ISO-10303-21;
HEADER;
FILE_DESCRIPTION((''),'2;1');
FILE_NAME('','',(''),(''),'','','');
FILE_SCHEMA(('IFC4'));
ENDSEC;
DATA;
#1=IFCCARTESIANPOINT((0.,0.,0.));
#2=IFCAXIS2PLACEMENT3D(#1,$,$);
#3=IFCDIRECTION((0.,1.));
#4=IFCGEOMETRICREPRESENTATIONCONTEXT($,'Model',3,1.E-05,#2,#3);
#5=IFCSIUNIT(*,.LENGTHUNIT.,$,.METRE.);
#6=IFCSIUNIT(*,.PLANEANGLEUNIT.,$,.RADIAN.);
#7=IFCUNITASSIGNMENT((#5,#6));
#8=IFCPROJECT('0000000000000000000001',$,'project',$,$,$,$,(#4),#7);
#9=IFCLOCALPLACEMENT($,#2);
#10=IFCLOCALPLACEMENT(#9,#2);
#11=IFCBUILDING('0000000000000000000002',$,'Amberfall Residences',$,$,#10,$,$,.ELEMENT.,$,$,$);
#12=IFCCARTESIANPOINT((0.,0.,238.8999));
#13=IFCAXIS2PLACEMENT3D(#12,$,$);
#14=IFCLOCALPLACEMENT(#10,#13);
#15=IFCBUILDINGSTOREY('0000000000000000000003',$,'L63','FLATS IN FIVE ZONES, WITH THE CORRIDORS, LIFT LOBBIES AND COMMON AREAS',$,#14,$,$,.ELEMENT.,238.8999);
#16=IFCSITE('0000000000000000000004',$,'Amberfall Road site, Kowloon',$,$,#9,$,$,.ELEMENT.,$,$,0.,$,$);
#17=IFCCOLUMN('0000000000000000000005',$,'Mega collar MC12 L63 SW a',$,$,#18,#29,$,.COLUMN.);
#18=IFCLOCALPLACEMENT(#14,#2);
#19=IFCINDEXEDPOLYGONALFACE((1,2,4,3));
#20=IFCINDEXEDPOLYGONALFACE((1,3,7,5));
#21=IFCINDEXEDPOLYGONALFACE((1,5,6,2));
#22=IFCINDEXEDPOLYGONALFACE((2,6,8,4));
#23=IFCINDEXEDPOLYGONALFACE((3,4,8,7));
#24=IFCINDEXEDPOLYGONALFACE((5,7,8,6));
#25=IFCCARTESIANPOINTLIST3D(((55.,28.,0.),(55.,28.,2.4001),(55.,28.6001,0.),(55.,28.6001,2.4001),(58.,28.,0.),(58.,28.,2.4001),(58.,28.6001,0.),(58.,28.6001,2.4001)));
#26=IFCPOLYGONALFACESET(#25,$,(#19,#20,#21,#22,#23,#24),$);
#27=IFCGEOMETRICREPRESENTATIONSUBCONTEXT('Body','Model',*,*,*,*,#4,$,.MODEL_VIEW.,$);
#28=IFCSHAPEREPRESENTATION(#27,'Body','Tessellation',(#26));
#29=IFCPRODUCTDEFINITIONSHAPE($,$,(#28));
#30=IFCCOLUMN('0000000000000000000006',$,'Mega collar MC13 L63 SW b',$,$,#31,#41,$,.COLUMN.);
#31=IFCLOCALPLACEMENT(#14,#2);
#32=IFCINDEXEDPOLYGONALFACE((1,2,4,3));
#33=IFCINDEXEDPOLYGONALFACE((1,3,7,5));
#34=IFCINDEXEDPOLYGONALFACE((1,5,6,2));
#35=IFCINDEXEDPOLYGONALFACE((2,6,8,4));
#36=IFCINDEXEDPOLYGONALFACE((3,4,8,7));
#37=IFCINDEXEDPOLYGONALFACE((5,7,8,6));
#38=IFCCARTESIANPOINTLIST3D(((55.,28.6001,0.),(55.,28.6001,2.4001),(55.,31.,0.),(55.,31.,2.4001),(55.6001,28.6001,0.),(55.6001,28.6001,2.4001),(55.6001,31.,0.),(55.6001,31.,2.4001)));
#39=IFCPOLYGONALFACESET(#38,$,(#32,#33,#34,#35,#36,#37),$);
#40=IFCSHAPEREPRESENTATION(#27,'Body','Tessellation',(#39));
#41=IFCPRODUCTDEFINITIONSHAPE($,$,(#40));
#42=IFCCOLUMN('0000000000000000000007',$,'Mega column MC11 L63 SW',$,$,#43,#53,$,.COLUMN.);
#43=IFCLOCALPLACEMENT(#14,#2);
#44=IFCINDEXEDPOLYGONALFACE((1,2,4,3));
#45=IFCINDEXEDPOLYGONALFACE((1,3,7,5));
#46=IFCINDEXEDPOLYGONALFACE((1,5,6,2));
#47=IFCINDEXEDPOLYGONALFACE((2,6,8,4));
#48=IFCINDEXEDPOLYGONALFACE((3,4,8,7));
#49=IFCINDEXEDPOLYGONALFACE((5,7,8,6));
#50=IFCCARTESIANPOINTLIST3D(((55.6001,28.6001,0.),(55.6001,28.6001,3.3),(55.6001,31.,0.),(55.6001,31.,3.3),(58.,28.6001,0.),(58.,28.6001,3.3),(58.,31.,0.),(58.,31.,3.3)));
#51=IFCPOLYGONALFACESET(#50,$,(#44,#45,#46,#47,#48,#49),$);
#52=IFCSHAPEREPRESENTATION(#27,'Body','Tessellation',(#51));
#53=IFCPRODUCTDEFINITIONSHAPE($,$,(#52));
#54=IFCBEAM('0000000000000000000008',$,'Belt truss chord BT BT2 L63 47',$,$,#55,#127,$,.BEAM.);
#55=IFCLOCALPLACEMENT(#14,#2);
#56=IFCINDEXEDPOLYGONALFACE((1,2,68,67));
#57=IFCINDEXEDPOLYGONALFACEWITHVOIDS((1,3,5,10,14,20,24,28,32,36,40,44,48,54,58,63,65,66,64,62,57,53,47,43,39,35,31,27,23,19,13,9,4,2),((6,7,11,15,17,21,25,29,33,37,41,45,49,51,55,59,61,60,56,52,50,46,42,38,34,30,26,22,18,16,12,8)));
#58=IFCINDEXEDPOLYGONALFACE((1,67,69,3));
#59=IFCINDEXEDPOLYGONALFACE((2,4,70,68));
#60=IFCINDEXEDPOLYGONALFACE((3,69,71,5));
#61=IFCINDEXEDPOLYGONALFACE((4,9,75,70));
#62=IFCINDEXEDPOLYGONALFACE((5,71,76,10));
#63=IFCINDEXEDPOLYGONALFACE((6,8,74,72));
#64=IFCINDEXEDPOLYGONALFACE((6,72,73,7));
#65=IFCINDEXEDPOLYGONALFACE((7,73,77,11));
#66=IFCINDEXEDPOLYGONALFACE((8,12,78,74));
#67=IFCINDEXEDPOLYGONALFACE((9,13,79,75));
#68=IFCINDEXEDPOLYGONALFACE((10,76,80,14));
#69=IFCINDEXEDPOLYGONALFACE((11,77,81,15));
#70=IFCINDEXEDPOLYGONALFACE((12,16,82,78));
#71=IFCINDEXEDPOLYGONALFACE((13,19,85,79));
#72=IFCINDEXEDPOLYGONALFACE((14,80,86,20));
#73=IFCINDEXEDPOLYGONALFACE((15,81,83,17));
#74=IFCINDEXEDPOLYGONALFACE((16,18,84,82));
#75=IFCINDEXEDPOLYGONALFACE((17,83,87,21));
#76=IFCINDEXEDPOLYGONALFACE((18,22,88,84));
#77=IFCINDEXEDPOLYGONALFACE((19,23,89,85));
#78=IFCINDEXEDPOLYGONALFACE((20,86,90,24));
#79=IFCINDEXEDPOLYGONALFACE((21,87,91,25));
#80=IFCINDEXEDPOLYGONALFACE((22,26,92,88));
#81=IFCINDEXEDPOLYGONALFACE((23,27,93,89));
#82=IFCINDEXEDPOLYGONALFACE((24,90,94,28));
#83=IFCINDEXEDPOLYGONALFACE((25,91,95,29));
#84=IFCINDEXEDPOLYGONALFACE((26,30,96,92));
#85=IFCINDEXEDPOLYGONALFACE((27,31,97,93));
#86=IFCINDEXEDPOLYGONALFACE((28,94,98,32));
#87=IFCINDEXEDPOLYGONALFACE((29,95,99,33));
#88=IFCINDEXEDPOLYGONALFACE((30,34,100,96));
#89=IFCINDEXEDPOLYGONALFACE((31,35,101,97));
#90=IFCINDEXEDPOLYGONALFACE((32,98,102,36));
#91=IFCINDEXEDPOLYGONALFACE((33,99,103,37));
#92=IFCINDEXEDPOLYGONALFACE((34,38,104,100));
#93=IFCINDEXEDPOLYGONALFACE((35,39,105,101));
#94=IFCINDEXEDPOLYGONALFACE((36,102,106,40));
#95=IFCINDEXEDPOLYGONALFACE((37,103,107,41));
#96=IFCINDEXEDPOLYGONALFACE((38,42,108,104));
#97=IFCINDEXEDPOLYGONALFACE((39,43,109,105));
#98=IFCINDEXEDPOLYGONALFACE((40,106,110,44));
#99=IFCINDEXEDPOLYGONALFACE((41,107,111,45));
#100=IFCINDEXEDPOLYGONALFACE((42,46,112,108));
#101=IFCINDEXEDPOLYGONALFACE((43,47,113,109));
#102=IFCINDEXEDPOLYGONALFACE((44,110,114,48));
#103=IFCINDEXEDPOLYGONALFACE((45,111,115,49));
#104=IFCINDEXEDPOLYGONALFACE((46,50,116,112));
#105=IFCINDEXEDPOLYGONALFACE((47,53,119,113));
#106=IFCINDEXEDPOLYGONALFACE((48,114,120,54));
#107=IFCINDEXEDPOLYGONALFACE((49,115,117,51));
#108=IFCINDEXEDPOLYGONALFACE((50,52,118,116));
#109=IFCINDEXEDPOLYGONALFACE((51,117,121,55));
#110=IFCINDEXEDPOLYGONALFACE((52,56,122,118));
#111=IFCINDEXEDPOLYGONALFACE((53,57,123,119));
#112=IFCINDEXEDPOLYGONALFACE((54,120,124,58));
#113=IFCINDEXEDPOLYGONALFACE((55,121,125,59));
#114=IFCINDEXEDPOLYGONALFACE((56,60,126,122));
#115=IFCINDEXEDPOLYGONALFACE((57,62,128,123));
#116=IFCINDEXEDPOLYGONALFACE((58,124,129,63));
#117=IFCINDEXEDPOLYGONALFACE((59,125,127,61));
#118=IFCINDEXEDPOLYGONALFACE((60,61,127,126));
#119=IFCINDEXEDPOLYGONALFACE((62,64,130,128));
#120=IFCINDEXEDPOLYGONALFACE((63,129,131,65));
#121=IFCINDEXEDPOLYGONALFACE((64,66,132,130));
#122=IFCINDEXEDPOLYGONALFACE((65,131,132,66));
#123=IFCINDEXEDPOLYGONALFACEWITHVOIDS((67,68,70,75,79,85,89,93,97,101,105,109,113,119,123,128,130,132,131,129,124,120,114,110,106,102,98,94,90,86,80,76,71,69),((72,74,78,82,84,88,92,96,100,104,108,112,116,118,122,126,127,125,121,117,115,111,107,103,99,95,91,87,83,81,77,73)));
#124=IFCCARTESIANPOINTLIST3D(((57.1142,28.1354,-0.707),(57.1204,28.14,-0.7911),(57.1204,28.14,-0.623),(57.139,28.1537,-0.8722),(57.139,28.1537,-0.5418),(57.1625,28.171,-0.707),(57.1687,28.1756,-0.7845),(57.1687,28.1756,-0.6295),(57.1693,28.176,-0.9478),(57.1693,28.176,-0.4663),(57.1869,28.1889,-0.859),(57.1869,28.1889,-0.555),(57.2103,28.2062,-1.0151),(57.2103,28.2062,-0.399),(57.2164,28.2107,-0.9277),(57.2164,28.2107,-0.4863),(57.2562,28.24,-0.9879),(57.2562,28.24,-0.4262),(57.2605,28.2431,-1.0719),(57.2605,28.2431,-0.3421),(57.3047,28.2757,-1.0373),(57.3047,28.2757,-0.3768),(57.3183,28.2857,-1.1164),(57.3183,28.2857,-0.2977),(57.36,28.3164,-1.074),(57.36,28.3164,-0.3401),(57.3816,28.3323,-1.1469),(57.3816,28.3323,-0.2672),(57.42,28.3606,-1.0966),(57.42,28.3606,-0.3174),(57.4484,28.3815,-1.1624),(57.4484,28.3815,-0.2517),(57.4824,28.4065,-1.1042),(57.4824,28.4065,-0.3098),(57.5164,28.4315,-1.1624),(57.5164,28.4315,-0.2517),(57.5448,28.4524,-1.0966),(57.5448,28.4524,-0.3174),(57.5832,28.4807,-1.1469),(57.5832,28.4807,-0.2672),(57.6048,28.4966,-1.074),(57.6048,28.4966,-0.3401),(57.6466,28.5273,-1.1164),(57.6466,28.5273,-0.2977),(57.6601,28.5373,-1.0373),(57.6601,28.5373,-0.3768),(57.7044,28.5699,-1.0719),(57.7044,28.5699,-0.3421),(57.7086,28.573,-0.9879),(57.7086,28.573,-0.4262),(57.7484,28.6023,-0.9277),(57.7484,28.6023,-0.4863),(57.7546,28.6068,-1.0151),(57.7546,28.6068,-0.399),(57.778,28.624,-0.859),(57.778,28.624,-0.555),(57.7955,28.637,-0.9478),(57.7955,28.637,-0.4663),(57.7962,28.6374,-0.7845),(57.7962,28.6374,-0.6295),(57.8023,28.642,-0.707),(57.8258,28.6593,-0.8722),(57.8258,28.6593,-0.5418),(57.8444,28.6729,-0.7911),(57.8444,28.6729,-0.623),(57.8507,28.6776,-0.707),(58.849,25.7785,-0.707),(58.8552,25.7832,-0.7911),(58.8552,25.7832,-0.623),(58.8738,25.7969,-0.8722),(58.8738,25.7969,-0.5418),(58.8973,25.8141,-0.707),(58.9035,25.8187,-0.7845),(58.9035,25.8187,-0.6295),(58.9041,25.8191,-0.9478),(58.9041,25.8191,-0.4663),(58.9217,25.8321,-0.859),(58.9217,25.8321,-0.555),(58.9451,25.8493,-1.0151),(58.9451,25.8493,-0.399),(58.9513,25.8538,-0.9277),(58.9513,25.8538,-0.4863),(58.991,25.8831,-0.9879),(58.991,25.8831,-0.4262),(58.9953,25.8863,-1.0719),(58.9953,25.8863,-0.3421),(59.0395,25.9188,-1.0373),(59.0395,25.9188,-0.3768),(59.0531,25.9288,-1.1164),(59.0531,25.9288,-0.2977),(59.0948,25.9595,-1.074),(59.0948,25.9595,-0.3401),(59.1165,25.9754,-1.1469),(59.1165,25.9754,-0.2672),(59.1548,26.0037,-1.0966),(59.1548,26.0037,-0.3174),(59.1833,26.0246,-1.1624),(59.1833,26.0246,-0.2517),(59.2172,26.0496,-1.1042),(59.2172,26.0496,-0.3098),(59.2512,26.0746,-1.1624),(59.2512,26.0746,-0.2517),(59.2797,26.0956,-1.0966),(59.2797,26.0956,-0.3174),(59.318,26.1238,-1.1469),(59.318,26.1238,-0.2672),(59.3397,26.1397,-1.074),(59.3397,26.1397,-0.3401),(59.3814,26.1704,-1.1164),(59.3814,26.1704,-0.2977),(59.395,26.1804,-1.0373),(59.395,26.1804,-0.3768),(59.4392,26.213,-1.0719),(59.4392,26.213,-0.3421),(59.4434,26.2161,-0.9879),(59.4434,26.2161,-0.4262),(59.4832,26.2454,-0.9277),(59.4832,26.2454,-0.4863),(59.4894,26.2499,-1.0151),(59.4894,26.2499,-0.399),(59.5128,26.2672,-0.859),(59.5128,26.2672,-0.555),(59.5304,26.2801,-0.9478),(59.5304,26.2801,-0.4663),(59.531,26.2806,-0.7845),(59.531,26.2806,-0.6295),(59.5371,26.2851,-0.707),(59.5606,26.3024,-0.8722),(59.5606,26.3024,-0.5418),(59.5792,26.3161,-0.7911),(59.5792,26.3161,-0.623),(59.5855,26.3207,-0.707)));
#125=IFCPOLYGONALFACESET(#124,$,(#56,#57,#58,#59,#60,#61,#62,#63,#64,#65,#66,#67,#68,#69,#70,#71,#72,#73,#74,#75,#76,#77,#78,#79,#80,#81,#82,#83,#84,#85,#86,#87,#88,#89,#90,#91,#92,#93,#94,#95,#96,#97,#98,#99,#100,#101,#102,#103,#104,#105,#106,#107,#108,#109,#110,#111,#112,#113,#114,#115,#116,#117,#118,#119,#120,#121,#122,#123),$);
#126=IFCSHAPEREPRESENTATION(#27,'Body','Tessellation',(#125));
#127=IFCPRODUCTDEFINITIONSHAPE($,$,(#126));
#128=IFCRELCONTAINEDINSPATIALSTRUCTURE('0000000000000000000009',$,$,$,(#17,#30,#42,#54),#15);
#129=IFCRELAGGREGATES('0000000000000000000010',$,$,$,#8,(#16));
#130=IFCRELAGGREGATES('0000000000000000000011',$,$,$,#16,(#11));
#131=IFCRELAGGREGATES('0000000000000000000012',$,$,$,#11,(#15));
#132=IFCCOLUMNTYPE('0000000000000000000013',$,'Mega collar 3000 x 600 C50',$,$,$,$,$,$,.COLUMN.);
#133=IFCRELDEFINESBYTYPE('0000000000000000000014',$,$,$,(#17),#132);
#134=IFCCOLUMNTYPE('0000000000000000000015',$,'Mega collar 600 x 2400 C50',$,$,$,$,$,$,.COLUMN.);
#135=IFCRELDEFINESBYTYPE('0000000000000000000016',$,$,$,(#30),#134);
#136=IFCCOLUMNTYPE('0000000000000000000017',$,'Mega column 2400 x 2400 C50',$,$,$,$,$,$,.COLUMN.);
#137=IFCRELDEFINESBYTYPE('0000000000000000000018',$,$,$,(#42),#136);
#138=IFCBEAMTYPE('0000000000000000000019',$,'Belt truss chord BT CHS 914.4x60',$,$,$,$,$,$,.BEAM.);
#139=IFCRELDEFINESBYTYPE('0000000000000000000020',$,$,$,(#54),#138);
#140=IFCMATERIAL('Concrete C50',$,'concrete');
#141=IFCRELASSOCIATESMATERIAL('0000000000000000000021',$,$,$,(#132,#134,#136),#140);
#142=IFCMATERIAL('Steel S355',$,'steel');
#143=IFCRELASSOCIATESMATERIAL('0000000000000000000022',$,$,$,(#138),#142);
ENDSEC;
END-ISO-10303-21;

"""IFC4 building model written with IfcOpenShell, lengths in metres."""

from ifc_helpers import new_model, si_unit, direction, frame, origin, origin_2d, place, context, subcontext, project, spatial, rectangle, hollow_circle, extrude, material, material_profile, profile_set, type_object, element, save


model = new_model("IFC4")

# Units and contexts
model_context = context("Model", 3, precision=1e-05, world=origin(), true_north=direction((0.0, 1.0)))
body_context = subcontext(model_context, "Body", "Model", "MODEL_VIEW")
ifc_project = project(units=[si_unit("LENGTHUNIT", "METRE"), si_unit("PLANEANGLEUNIT", "RADIAN")], contexts=[model_context])

# Site, building, storey
site_placement = place(None, origin())
site = spatial("IfcSite", under=ifc_project, at=site_placement, Name="Amberfall Road site, Kowloon", CompositionType="ELEMENT", RefElevation=0.0)
building_placement = place(site_placement, origin())
building = spatial("IfcBuilding", under=site, at=building_placement, Name="Amberfall Residences", CompositionType="ELEMENT")
storey_placement = place(building_placement, frame((0.0, 0.0, 238.8999)))
storey = spatial("IfcBuildingStorey", under=building, at=storey_placement, Name="L63", Description="FLATS IN FIVE ZONES, WITH THE CORRIDORS, LIFT LOBBIES AND COMMON AREAS", CompositionType="ELEMENT", Elevation=238.8999)

# Columns
ifc_material_1 = material(Name="Concrete C50", Category="concrete")
ifc_material_profile_1 = material_profile(ifc_material_1, rectangle(XDim=3.0, YDim=0.6001, at=origin_2d()), Name="Mega collar 3000 x 600 C50")
ifc_profile_set_1 = profile_set([ifc_material_profile_1], Name="Concrete C50")
column_type_1 = type_object("IfcColumnType", Name="Mega collar 3000 x 600 C50", PredefinedType="COLUMN", material=ifc_profile_set_1)
column_1_placement = place(storey_placement, frame((56.5, 28.3, 0.0), z_axis=(0.0, 0.0, 1.0), x_axis=(1.0, 0.0, 0.0)))
element("IfcColumn", 1, at=column_1_placement, inside=storey, type_object=column_type_1, Name="Mega collar MC12 L63 SW a", PredefinedType="COLUMN", context=body_context, shape_type="SweptSolid", body=[
    extrude(rectangle(XDim=3.0, YDim=0.6001, at=origin_2d()), origin(), (0.0, 0.0, 1.0), 2.4001),
])
ifc_material_profile_2 = material_profile(ifc_material_1, rectangle(XDim=0.6001, YDim=2.3999, at=origin_2d()), Name="Mega collar 600 x 2400 C50")
ifc_profile_set_2 = profile_set([ifc_material_profile_2], Name="Concrete C50")
column_type_2 = type_object("IfcColumnType", Name="Mega collar 600 x 2400 C50", PredefinedType="COLUMN", material=ifc_profile_set_2)
column_2_placement = place(storey_placement, frame((55.3, 29.8, 0.0), z_axis=(0.0, 0.0, 1.0), x_axis=(1.0, 0.0, 0.0)))
element("IfcColumn", 2, at=column_2_placement, inside=storey, type_object=column_type_2, Name="Mega collar MC13 L63 SW b", PredefinedType="COLUMN", context=body_context, shape_type="SweptSolid", body=[
    extrude(rectangle(XDim=0.6001, YDim=2.3999, at=origin_2d()), origin(), (0.0, 0.0, 1.0), 2.4001),
])
ifc_material_profile_3 = material_profile(ifc_material_1, rectangle(XDim=2.3999, YDim=2.3999, at=origin_2d()), Name="Mega column 2400 x 2400 C50")
ifc_profile_set_3 = profile_set([ifc_material_profile_3], Name="Concrete C50")
column_type_3 = type_object("IfcColumnType", Name="Mega column 2400 x 2400 C50", PredefinedType="COLUMN", material=ifc_profile_set_3)
column_3_placement = place(storey_placement, frame((56.8, 29.8, 0.0), z_axis=(0.0, 0.0, 1.0), x_axis=(1.0, 0.0, 0.0)))
element("IfcColumn", 3, at=column_3_placement, inside=storey, type_object=column_type_3, Name="Mega column MC11 L63 SW", PredefinedType="COLUMN", context=body_context, shape_type="SweptSolid", body=[
    extrude(rectangle(XDim=2.3999, YDim=2.3999, at=origin_2d()), origin(), (0.0, 0.0, 1.0), 3.3),
])

# Beam
ifc_material_2 = material(Name="Steel S355", Category="steel")
ifc_material_profile_4 = material_profile(ifc_material_2, hollow_circle(Radius=0.4573, WallThickness=0.0601, at=origin_2d()), Name="CHS 914.4x60")
ifc_profile_set_4 = profile_set([ifc_material_profile_4], Name="Steel S355")
beam_type_1 = type_object("IfcBeamType", Name="Belt truss chord BT CHS 914.4x60", PredefinedType="BEAM", material=ifc_profile_set_4)
beam_1_placement = place(storey_placement, frame((57.4824, 28.4065, -0.707), z_axis=(0.592795, -0.805353, 0.0), x_axis=(0.805353, 0.592795, 0.0)))
element("IfcBeam", 4, at=beam_1_placement, inside=storey, type_object=beam_type_1, Name="Belt truss chord BT BT2 L63 47", PredefinedType="BEAM", context=body_context, shape_type="SweptSolid", body=[
    extrude(hollow_circle(Radius=0.4573, WallThickness=0.0601, at=origin_2d()), origin(), (0.0, 0.0, 1.0), 2.9265),
])

save(model, "model.ifc")
